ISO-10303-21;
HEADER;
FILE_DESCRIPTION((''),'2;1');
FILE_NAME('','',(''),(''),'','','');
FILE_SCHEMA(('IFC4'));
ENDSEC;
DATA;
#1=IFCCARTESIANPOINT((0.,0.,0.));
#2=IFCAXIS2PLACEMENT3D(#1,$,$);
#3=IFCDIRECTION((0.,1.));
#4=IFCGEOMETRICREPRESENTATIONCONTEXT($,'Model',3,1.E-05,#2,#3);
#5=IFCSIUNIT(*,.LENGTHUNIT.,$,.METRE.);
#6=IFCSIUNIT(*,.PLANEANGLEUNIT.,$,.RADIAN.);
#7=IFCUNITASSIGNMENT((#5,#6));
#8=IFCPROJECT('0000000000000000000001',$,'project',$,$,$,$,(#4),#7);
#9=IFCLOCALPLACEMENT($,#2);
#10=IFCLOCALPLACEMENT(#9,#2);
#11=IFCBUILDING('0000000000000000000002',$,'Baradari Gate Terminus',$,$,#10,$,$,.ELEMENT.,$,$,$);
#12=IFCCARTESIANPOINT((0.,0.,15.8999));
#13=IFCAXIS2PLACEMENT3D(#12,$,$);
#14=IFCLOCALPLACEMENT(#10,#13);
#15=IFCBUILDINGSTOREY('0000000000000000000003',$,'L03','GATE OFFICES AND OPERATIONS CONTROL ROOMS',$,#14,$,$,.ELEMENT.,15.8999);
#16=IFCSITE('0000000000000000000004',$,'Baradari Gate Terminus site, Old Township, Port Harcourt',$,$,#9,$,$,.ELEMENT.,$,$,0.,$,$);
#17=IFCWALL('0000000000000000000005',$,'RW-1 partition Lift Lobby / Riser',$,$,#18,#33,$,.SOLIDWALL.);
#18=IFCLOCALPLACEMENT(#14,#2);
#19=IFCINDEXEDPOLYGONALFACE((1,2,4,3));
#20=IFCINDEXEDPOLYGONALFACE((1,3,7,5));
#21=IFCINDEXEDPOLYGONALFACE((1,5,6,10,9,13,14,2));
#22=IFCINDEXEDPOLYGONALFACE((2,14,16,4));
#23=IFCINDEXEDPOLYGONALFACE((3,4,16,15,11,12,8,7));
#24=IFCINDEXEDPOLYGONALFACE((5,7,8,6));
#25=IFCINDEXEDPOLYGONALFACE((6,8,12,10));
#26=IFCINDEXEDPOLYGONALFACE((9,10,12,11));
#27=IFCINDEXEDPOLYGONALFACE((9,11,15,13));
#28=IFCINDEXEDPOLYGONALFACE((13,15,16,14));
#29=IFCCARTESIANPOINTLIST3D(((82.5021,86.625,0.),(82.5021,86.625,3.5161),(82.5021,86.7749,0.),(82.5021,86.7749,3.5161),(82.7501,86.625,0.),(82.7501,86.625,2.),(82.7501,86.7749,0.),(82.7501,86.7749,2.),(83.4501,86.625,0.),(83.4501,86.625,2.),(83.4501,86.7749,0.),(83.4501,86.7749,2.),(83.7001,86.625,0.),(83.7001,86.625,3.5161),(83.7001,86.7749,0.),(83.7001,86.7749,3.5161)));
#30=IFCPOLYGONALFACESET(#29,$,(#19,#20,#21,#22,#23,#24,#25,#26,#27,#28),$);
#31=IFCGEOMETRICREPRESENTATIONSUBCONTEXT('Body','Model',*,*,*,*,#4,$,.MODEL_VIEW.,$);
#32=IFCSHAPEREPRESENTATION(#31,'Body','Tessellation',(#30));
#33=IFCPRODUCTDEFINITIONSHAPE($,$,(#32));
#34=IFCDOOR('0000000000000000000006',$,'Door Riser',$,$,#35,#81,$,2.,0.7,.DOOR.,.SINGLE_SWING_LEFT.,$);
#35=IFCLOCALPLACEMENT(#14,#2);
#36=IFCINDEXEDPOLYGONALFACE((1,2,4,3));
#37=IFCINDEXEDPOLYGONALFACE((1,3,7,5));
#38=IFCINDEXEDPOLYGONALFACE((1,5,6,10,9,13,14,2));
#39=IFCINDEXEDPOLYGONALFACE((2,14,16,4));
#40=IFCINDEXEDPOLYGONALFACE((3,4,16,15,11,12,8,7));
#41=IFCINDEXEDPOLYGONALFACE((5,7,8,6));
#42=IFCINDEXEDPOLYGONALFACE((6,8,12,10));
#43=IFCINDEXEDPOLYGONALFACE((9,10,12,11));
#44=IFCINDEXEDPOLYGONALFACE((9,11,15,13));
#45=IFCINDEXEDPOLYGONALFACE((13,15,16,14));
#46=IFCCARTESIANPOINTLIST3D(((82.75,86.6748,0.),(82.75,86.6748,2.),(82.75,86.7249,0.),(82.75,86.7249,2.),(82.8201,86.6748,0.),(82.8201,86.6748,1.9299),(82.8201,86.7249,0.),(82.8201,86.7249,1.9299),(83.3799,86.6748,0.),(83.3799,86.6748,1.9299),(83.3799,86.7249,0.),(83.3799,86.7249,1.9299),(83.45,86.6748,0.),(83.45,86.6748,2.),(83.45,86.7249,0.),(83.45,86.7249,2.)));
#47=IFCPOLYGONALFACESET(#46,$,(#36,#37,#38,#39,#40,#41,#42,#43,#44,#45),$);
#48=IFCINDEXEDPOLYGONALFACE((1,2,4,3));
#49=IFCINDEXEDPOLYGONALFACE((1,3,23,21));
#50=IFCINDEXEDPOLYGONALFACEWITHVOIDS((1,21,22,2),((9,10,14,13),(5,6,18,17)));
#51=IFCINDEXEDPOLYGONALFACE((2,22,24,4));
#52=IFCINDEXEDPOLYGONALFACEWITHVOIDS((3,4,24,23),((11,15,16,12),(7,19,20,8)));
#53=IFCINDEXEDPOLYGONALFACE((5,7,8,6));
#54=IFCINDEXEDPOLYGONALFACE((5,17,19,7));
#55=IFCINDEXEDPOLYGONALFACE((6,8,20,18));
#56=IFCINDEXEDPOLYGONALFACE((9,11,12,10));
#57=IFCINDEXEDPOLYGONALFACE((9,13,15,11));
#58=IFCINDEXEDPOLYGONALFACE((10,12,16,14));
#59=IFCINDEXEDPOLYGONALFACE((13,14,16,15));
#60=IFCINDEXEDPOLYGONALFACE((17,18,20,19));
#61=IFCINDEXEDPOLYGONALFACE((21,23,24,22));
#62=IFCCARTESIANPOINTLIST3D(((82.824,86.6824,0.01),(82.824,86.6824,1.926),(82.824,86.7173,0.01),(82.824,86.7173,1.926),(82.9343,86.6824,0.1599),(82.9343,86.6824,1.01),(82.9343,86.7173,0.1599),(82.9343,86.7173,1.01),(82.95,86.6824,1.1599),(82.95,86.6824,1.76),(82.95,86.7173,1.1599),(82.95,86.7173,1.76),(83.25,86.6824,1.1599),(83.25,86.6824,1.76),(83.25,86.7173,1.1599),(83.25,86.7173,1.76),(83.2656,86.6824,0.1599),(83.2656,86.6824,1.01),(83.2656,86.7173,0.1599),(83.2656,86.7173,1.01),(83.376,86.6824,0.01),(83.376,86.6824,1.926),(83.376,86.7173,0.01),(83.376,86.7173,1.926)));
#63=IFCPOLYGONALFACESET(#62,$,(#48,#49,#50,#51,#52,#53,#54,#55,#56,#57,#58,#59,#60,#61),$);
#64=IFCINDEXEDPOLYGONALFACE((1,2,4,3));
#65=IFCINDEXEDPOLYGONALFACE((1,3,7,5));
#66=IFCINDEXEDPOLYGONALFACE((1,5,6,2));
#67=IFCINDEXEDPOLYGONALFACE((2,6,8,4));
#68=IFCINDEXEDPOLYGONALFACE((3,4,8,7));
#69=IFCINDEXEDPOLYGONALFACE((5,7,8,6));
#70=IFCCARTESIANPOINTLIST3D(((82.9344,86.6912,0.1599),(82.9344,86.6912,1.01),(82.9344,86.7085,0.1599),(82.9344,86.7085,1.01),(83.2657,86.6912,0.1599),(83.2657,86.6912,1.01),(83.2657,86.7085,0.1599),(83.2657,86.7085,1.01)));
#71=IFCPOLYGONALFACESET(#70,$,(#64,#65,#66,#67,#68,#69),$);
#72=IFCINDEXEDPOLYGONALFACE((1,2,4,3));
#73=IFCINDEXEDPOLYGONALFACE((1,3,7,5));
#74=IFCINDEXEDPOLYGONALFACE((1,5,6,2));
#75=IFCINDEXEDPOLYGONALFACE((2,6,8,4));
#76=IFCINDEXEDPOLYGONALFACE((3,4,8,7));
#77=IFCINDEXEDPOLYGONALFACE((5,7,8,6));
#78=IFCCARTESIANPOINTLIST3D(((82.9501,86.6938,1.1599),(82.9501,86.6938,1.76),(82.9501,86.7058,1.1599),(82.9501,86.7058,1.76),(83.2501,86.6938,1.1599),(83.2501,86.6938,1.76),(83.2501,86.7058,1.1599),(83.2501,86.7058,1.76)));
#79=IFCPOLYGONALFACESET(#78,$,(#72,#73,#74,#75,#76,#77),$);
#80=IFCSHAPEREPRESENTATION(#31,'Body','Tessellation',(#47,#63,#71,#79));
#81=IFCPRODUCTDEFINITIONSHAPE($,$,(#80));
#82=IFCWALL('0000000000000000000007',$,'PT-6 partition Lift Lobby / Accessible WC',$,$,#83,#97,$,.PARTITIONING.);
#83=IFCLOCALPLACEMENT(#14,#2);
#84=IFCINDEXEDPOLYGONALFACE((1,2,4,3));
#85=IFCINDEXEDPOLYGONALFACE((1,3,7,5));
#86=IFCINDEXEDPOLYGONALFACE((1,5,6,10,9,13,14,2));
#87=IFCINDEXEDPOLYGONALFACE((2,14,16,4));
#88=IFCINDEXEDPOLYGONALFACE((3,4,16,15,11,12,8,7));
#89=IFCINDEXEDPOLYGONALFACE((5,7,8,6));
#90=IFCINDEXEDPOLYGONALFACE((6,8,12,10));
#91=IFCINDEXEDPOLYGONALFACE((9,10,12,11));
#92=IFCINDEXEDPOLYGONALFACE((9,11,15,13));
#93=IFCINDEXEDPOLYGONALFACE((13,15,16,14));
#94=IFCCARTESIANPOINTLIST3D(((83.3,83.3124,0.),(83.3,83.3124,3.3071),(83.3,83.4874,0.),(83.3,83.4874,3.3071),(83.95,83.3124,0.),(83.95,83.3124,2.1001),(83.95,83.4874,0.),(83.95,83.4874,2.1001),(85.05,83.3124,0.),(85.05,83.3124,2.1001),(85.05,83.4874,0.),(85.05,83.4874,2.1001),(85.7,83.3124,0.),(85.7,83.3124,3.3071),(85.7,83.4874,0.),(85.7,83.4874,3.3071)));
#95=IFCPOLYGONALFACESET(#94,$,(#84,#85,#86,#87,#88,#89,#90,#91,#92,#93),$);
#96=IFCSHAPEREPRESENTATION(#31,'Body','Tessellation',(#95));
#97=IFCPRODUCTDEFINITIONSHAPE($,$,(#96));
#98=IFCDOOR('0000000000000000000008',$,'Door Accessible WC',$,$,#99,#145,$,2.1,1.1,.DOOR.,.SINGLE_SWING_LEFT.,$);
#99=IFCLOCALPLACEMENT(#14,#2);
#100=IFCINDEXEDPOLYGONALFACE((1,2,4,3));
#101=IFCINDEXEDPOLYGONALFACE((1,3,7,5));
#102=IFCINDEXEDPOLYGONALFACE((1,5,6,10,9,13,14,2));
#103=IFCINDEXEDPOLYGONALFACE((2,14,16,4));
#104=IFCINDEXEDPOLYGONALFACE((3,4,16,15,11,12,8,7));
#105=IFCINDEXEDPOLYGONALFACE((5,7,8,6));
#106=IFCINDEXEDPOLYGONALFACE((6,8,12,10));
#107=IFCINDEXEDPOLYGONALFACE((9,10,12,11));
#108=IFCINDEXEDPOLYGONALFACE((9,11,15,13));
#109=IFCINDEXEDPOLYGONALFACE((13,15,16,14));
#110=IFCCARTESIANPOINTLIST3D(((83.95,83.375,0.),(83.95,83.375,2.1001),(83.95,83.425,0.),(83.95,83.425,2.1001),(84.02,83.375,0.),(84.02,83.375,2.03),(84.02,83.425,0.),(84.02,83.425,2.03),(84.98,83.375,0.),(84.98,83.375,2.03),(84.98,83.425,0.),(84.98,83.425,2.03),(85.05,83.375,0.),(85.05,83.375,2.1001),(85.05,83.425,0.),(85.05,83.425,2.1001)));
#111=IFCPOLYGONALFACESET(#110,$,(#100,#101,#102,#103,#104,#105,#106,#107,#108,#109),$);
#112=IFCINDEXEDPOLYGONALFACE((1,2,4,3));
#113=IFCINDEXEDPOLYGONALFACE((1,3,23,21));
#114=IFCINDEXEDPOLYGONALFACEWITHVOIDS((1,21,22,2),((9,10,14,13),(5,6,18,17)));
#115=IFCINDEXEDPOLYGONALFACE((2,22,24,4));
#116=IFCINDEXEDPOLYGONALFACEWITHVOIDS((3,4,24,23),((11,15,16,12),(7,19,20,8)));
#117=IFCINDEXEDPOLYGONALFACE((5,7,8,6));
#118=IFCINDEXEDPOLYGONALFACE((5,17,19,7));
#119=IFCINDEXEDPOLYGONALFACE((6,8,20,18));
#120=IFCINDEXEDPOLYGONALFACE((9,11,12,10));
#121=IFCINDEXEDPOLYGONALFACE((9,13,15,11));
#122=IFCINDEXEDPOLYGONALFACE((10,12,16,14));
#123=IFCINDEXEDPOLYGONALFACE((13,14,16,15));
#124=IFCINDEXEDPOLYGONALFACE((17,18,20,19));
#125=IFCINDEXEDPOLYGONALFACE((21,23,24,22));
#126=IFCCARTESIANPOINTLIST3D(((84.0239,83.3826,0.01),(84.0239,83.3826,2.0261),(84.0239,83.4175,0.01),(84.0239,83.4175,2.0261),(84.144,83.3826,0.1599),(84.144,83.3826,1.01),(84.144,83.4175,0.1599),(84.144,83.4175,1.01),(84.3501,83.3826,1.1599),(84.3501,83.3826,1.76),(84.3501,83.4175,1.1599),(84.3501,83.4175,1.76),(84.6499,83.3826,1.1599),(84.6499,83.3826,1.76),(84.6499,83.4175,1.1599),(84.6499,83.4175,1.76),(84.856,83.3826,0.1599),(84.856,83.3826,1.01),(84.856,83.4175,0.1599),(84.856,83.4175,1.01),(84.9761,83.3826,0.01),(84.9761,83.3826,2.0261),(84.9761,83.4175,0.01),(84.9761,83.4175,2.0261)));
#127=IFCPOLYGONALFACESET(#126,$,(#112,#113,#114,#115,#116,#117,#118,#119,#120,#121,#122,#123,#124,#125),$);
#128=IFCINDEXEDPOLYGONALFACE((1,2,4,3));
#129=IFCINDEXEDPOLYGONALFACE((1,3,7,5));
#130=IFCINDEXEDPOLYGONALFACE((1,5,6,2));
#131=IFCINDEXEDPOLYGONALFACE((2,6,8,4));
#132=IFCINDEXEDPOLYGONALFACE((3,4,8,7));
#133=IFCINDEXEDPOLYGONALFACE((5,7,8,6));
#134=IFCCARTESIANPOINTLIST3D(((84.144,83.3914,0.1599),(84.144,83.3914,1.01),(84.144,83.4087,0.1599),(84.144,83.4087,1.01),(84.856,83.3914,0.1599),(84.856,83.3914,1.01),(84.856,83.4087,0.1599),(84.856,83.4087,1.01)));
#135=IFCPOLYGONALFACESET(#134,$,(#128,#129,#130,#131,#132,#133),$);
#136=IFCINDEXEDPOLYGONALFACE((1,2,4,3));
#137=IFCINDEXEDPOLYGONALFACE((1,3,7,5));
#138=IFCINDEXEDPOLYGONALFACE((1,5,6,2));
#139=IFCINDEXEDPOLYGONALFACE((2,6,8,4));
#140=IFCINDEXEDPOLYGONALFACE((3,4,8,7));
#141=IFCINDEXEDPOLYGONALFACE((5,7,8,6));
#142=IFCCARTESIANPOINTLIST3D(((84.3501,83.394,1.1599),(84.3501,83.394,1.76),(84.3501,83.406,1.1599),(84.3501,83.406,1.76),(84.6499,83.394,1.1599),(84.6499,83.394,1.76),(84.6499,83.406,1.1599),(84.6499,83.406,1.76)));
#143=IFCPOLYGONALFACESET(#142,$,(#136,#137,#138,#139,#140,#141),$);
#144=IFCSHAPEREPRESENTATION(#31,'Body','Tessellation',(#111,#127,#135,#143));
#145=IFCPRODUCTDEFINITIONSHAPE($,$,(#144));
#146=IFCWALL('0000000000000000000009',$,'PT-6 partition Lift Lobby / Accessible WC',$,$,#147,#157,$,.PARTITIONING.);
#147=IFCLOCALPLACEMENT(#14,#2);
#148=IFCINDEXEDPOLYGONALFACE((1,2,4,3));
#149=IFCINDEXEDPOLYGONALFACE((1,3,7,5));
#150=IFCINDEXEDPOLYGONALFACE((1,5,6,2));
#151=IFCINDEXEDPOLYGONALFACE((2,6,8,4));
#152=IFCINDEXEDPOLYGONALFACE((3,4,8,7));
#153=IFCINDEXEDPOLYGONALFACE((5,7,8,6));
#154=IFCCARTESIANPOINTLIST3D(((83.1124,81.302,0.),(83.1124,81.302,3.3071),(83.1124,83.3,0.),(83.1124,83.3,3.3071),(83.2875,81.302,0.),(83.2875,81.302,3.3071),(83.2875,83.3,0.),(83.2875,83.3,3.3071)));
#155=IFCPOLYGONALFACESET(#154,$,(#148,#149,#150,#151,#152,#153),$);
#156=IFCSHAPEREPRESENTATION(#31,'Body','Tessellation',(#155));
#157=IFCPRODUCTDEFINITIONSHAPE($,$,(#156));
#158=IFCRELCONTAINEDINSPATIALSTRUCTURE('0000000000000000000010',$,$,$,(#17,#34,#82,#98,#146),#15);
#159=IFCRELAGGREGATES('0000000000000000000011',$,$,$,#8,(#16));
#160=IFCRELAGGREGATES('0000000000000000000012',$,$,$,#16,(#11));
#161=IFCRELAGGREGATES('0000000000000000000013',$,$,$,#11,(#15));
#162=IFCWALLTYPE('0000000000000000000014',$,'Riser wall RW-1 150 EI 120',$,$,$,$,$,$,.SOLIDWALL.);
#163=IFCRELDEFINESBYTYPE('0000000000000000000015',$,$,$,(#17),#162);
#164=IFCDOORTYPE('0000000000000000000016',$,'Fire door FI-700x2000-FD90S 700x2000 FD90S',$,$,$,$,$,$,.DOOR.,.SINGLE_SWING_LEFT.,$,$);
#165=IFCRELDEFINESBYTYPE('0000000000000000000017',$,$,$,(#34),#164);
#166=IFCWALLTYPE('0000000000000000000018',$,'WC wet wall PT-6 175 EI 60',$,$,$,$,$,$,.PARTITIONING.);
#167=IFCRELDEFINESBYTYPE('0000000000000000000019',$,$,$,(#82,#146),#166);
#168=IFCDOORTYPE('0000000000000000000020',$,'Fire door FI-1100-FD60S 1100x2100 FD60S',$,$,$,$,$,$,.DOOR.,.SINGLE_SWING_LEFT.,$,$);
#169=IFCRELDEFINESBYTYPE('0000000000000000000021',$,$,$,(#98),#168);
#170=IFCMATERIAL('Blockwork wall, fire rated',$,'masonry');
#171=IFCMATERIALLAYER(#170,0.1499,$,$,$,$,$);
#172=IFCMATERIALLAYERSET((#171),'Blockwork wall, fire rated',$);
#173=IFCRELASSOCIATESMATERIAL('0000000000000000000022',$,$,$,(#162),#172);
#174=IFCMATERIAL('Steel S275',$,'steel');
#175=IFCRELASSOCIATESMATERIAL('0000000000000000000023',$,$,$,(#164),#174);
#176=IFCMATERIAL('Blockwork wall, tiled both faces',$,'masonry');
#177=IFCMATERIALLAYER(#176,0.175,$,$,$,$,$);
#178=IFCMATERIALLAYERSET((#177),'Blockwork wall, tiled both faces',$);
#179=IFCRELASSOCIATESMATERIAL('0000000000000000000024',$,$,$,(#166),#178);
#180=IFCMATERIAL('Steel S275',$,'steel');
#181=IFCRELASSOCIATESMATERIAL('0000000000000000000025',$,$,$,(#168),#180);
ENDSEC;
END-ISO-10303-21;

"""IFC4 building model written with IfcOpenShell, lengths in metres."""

from ifc_helpers import new_model, si_unit, direction, frame, frame_2d, origin, place, context, subcontext, project, spatial, polyline, rectangle, outline, extrude, material, layer, layer_set, type_object, element, fill, save


model = new_model("IFC4")

# Units and contexts
model_context = context("Model", 3, precision=1e-05, world=origin(), true_north=direction((0.0, 1.0)))
body_context = subcontext(model_context, "Body", "Model", "MODEL_VIEW")
ifc_project = project(units=[si_unit("LENGTHUNIT", "METRE"), si_unit("PLANEANGLEUNIT", "RADIAN")], contexts=[model_context])

# Site, building, storey
site_placement = place(None, origin())
site = spatial("IfcSite", under=ifc_project, at=site_placement, Name="Baradari Gate Terminus site, Old Township, Port Harcourt", CompositionType="ELEMENT", RefElevation=0.0)
building_placement = place(site_placement, origin())
building = spatial("IfcBuilding", under=site, at=building_placement, Name="Baradari Gate Terminus", CompositionType="ELEMENT")
storey_placement = place(building_placement, frame((0.0, 0.0, 15.8999)))
storey = spatial("IfcBuildingStorey", under=building, at=storey_placement, Name="L03", Description="GATE OFFICES AND OPERATIONS CONTROL ROOMS", CompositionType="ELEMENT", Elevation=15.8999)

# Walls, openings, doors
ifc_material_1 = material(Name="Blockwork wall, fire rated", Category="masonry")
ifc_layer_1 = layer(ifc_material_1, 0.1499)
ifc_layer_set_1 = layer_set([ifc_layer_1], Name="Blockwork wall, fire rated")
wall_type_1 = type_object("IfcWallType", Name="Riser wall RW-1 150 EI 120", PredefinedType="SOLIDWALL", material=ifc_layer_set_1)
wall_1_placement = place(storey_placement, frame((82.502, 86.7, 0.0), z_axis=(0.0, 0.0, 1.0), x_axis=(1.0, 0.0, 0.0)))
wall_1 = element("IfcWall", 1, at=wall_1_placement, inside=storey, type_object=wall_type_1, Name="RW-1 partition Lift Lobby / Riser", PredefinedType="SOLIDWALL", context=body_context, shape_type="SweptSolid", body=[
    extrude(rectangle(XDim=1.198, YDim=0.1499, at=frame_2d((0.5991, 0.0))), origin(), (0.0, 0.0, 1.0), 3.5161),
])
opening_1_placement = place(wall_1_placement, frame((0.248, 0.0, 0.0)))
opening_1 = element("IfcOpeningElement", 2, at=opening_1_placement, cuts=wall_1, PredefinedType="OPENING", context=body_context, shape_type="SweptSolid", body=[
    extrude(rectangle(XDim=0.7, YDim=2.0, at=frame_2d((0.3501, 1.0))), frame((0.0, 0.085, 0.0), z_axis=(0.0, -1.0, 0.0), x_axis=(1.0, 0.0, 0.0)), (0.0, 0.0, 1.0), 0.1699),
])
ifc_material_2 = material(Name="Steel S275", Category="steel")
door_type_1 = type_object("IfcDoorType", Name="Fire door FI-700x2000-FD90S 700x2000 FD90S", OperationType="SINGLE_SWING_LEFT", PredefinedType="DOOR", material=ifc_material_2)
door_1_placement = place(opening_1_placement, origin())
door_1 = element("IfcDoor", 3, at=door_1_placement, inside=storey, type_object=door_type_1, Name="Door Riser", OperationType="SINGLE_SWING_LEFT", OverallHeight=2.0, OverallWidth=0.7, PredefinedType="DOOR", context=body_context, shape_type="SweptSolid", body=[
    extrude(outline(polyline([(0.0, 0.0), (0.0701, 0.0), (0.0701, 1.9299), (0.6299, 1.9299), (0.6299, 0.0), (0.7, 0.0), (0.7, 2.0), (0.0, 2.0), (0.0, 0.0)])), frame((0.0, 0.0249, 0.0), z_axis=(0.0, -1.0, 0.0), x_axis=(1.0, 0.0, 0.0)), (0.0, 0.0, 1.0), 0.05),
    extrude(outline(polyline([(0.074, 0.01), (0.626, 0.01), (0.626, 1.926), (0.074, 1.926), (0.074, 0.01)]), holes=[polyline([(0.1843, 0.1599), (0.5156, 0.1599), (0.5156, 1.01), (0.1843, 1.01), (0.1843, 0.1599)]), polyline([(0.2, 1.1599), (0.5, 1.1599), (0.5, 1.76), (0.2, 1.76), (0.2, 1.1599)])]), frame((0.0, 0.0173, 0.0), z_axis=(0.0, -1.0, 0.0), x_axis=(1.0, 0.0, 0.0)), (0.0, 0.0, 1.0), 0.0349),
    extrude(rectangle(XDim=0.3313, YDim=0.8501, at=frame_2d((0.3501, 0.585))), frame((0.0, 0.0085, 0.0), z_axis=(0.0, -1.0, 0.0), x_axis=(1.0, 0.0, 0.0)), (0.0, 0.0, 1.0), 0.0173),
    extrude(rectangle(XDim=0.3, YDim=0.6001, at=frame_2d((0.3501, 1.46))), frame((0.0, 0.0059, 0.0), z_axis=(0.0, -1.0, 0.0), x_axis=(1.0, 0.0, 0.0)), (0.0, 0.0, 1.0), 0.012),
])
fill(opening_1, door_1)
ifc_material_3 = material(Name="Blockwork wall, tiled both faces", Category="masonry")
ifc_layer_2 = layer(ifc_material_3, 0.175)
ifc_layer_set_2 = layer_set([ifc_layer_2], Name="Blockwork wall, tiled both faces")
wall_type_2 = type_object("IfcWallType", Name="WC wet wall PT-6 175 EI 60", PredefinedType="PARTITIONING", material=ifc_layer_set_2)
wall_2_placement = place(storey_placement, frame((85.7, 83.3999, 0.0), z_axis=(0.0, 0.0, 1.0), x_axis=(-1.0, 0.0, 0.0)))
wall_2 = element("IfcWall", 4, at=wall_2_placement, inside=storey, type_object=wall_type_2, Name="PT-6 partition Lift Lobby / Accessible WC", PredefinedType="PARTITIONING", context=body_context, shape_type="SweptSolid", body=[
    extrude(rectangle(XDim=2.3999, YDim=0.175, at=frame_2d((1.2, 0.0))), origin(), (0.0, 0.0, 1.0), 3.3071),
])
opening_2_placement = place(wall_2_placement, frame((0.6499, 0.0, 0.0)))
opening_2 = element("IfcOpeningElement", 5, at=opening_2_placement, cuts=wall_2, PredefinedType="OPENING", context=body_context, shape_type="SweptSolid", body=[
    extrude(rectangle(XDim=1.1001, YDim=2.1001, at=frame_2d((0.55, 1.05))), frame((0.0, 0.0974, 0.0), z_axis=(0.0, -1.0, 0.0), x_axis=(1.0, 0.0, 0.0)), (0.0, 0.0, 1.0), 0.1951),
])
ifc_material_4 = material(Name="Steel S275", Category="steel")
door_type_2 = type_object("IfcDoorType", Name="Fire door FI-1100-FD60S 1100x2100 FD60S", OperationType="SINGLE_SWING_LEFT", PredefinedType="DOOR", material=ifc_material_4)
door_2_placement = place(opening_2_placement, origin())
door_2 = element("IfcDoor", 6, at=door_2_placement, inside=storey, type_object=door_type_2, Name="Door Accessible WC", OperationType="SINGLE_SWING_LEFT", OverallHeight=2.1, OverallWidth=1.1, PredefinedType="DOOR", context=body_context, shape_type="SweptSolid", body=[
    extrude(outline(polyline([(0.0, 0.0), (0.0701, 0.0), (0.0701, 2.03), (1.03, 2.03), (1.03, 0.0), (1.1001, 0.0), (1.1001, 2.1001), (0.0, 2.1001), (0.0, 0.0)])), frame((0.0, 0.0249, 0.0), z_axis=(0.0, -1.0, 0.0), x_axis=(1.0, 0.0, 0.0)), (0.0, 0.0, 1.0), 0.05),
    extrude(outline(polyline([(0.074, 0.01), (1.0261, 0.01), (1.0261, 2.0261), (0.074, 2.0261), (0.074, 0.01)]), holes=[polyline([(0.1941, 0.1599), (0.906, 0.1599), (0.906, 1.01), (0.1941, 1.01), (0.1941, 0.1599)]), polyline([(0.4001, 1.1599), (0.7, 1.1599), (0.7, 1.76), (0.4001, 1.76), (0.4001, 1.1599)])]), frame((0.0, 0.0173, 0.0), z_axis=(0.0, -1.0, 0.0), x_axis=(1.0, 0.0, 0.0)), (0.0, 0.0, 1.0), 0.0349),
    extrude(rectangle(XDim=0.7119, YDim=0.8501, at=frame_2d((0.55, 0.585))), frame((0.0, 0.0085, 0.0), z_axis=(0.0, -1.0, 0.0), x_axis=(1.0, 0.0, 0.0)), (0.0, 0.0, 1.0), 0.0173),
    extrude(rectangle(XDim=0.2998, YDim=0.6001, at=frame_2d((0.55, 1.46))), frame((0.0, 0.0059, 0.0), z_axis=(0.0, -1.0, 0.0), x_axis=(1.0, 0.0, 0.0)), (0.0, 0.0, 1.0), 0.012),
])
fill(opening_2, door_2)

# Wall
wall_3_placement = place(storey_placement, frame((83.2, 83.3, 0.0), z_axis=(0.0, 0.0, 1.0), x_axis=(0.0, -1.0, 0.0)))
element("IfcWall", 7, at=wall_3_placement, inside=storey, type_object=wall_type_2, Name="PT-6 partition Lift Lobby / Accessible WC", PredefinedType="PARTITIONING", context=body_context, shape_type="SweptSolid", body=[
    extrude(rectangle(XDim=1.998, YDim=0.175, at=frame_2d((0.999, 0.0))), origin(), (0.0, 0.0, 1.0), 3.3071),
])

save(model, "model.ifc")
